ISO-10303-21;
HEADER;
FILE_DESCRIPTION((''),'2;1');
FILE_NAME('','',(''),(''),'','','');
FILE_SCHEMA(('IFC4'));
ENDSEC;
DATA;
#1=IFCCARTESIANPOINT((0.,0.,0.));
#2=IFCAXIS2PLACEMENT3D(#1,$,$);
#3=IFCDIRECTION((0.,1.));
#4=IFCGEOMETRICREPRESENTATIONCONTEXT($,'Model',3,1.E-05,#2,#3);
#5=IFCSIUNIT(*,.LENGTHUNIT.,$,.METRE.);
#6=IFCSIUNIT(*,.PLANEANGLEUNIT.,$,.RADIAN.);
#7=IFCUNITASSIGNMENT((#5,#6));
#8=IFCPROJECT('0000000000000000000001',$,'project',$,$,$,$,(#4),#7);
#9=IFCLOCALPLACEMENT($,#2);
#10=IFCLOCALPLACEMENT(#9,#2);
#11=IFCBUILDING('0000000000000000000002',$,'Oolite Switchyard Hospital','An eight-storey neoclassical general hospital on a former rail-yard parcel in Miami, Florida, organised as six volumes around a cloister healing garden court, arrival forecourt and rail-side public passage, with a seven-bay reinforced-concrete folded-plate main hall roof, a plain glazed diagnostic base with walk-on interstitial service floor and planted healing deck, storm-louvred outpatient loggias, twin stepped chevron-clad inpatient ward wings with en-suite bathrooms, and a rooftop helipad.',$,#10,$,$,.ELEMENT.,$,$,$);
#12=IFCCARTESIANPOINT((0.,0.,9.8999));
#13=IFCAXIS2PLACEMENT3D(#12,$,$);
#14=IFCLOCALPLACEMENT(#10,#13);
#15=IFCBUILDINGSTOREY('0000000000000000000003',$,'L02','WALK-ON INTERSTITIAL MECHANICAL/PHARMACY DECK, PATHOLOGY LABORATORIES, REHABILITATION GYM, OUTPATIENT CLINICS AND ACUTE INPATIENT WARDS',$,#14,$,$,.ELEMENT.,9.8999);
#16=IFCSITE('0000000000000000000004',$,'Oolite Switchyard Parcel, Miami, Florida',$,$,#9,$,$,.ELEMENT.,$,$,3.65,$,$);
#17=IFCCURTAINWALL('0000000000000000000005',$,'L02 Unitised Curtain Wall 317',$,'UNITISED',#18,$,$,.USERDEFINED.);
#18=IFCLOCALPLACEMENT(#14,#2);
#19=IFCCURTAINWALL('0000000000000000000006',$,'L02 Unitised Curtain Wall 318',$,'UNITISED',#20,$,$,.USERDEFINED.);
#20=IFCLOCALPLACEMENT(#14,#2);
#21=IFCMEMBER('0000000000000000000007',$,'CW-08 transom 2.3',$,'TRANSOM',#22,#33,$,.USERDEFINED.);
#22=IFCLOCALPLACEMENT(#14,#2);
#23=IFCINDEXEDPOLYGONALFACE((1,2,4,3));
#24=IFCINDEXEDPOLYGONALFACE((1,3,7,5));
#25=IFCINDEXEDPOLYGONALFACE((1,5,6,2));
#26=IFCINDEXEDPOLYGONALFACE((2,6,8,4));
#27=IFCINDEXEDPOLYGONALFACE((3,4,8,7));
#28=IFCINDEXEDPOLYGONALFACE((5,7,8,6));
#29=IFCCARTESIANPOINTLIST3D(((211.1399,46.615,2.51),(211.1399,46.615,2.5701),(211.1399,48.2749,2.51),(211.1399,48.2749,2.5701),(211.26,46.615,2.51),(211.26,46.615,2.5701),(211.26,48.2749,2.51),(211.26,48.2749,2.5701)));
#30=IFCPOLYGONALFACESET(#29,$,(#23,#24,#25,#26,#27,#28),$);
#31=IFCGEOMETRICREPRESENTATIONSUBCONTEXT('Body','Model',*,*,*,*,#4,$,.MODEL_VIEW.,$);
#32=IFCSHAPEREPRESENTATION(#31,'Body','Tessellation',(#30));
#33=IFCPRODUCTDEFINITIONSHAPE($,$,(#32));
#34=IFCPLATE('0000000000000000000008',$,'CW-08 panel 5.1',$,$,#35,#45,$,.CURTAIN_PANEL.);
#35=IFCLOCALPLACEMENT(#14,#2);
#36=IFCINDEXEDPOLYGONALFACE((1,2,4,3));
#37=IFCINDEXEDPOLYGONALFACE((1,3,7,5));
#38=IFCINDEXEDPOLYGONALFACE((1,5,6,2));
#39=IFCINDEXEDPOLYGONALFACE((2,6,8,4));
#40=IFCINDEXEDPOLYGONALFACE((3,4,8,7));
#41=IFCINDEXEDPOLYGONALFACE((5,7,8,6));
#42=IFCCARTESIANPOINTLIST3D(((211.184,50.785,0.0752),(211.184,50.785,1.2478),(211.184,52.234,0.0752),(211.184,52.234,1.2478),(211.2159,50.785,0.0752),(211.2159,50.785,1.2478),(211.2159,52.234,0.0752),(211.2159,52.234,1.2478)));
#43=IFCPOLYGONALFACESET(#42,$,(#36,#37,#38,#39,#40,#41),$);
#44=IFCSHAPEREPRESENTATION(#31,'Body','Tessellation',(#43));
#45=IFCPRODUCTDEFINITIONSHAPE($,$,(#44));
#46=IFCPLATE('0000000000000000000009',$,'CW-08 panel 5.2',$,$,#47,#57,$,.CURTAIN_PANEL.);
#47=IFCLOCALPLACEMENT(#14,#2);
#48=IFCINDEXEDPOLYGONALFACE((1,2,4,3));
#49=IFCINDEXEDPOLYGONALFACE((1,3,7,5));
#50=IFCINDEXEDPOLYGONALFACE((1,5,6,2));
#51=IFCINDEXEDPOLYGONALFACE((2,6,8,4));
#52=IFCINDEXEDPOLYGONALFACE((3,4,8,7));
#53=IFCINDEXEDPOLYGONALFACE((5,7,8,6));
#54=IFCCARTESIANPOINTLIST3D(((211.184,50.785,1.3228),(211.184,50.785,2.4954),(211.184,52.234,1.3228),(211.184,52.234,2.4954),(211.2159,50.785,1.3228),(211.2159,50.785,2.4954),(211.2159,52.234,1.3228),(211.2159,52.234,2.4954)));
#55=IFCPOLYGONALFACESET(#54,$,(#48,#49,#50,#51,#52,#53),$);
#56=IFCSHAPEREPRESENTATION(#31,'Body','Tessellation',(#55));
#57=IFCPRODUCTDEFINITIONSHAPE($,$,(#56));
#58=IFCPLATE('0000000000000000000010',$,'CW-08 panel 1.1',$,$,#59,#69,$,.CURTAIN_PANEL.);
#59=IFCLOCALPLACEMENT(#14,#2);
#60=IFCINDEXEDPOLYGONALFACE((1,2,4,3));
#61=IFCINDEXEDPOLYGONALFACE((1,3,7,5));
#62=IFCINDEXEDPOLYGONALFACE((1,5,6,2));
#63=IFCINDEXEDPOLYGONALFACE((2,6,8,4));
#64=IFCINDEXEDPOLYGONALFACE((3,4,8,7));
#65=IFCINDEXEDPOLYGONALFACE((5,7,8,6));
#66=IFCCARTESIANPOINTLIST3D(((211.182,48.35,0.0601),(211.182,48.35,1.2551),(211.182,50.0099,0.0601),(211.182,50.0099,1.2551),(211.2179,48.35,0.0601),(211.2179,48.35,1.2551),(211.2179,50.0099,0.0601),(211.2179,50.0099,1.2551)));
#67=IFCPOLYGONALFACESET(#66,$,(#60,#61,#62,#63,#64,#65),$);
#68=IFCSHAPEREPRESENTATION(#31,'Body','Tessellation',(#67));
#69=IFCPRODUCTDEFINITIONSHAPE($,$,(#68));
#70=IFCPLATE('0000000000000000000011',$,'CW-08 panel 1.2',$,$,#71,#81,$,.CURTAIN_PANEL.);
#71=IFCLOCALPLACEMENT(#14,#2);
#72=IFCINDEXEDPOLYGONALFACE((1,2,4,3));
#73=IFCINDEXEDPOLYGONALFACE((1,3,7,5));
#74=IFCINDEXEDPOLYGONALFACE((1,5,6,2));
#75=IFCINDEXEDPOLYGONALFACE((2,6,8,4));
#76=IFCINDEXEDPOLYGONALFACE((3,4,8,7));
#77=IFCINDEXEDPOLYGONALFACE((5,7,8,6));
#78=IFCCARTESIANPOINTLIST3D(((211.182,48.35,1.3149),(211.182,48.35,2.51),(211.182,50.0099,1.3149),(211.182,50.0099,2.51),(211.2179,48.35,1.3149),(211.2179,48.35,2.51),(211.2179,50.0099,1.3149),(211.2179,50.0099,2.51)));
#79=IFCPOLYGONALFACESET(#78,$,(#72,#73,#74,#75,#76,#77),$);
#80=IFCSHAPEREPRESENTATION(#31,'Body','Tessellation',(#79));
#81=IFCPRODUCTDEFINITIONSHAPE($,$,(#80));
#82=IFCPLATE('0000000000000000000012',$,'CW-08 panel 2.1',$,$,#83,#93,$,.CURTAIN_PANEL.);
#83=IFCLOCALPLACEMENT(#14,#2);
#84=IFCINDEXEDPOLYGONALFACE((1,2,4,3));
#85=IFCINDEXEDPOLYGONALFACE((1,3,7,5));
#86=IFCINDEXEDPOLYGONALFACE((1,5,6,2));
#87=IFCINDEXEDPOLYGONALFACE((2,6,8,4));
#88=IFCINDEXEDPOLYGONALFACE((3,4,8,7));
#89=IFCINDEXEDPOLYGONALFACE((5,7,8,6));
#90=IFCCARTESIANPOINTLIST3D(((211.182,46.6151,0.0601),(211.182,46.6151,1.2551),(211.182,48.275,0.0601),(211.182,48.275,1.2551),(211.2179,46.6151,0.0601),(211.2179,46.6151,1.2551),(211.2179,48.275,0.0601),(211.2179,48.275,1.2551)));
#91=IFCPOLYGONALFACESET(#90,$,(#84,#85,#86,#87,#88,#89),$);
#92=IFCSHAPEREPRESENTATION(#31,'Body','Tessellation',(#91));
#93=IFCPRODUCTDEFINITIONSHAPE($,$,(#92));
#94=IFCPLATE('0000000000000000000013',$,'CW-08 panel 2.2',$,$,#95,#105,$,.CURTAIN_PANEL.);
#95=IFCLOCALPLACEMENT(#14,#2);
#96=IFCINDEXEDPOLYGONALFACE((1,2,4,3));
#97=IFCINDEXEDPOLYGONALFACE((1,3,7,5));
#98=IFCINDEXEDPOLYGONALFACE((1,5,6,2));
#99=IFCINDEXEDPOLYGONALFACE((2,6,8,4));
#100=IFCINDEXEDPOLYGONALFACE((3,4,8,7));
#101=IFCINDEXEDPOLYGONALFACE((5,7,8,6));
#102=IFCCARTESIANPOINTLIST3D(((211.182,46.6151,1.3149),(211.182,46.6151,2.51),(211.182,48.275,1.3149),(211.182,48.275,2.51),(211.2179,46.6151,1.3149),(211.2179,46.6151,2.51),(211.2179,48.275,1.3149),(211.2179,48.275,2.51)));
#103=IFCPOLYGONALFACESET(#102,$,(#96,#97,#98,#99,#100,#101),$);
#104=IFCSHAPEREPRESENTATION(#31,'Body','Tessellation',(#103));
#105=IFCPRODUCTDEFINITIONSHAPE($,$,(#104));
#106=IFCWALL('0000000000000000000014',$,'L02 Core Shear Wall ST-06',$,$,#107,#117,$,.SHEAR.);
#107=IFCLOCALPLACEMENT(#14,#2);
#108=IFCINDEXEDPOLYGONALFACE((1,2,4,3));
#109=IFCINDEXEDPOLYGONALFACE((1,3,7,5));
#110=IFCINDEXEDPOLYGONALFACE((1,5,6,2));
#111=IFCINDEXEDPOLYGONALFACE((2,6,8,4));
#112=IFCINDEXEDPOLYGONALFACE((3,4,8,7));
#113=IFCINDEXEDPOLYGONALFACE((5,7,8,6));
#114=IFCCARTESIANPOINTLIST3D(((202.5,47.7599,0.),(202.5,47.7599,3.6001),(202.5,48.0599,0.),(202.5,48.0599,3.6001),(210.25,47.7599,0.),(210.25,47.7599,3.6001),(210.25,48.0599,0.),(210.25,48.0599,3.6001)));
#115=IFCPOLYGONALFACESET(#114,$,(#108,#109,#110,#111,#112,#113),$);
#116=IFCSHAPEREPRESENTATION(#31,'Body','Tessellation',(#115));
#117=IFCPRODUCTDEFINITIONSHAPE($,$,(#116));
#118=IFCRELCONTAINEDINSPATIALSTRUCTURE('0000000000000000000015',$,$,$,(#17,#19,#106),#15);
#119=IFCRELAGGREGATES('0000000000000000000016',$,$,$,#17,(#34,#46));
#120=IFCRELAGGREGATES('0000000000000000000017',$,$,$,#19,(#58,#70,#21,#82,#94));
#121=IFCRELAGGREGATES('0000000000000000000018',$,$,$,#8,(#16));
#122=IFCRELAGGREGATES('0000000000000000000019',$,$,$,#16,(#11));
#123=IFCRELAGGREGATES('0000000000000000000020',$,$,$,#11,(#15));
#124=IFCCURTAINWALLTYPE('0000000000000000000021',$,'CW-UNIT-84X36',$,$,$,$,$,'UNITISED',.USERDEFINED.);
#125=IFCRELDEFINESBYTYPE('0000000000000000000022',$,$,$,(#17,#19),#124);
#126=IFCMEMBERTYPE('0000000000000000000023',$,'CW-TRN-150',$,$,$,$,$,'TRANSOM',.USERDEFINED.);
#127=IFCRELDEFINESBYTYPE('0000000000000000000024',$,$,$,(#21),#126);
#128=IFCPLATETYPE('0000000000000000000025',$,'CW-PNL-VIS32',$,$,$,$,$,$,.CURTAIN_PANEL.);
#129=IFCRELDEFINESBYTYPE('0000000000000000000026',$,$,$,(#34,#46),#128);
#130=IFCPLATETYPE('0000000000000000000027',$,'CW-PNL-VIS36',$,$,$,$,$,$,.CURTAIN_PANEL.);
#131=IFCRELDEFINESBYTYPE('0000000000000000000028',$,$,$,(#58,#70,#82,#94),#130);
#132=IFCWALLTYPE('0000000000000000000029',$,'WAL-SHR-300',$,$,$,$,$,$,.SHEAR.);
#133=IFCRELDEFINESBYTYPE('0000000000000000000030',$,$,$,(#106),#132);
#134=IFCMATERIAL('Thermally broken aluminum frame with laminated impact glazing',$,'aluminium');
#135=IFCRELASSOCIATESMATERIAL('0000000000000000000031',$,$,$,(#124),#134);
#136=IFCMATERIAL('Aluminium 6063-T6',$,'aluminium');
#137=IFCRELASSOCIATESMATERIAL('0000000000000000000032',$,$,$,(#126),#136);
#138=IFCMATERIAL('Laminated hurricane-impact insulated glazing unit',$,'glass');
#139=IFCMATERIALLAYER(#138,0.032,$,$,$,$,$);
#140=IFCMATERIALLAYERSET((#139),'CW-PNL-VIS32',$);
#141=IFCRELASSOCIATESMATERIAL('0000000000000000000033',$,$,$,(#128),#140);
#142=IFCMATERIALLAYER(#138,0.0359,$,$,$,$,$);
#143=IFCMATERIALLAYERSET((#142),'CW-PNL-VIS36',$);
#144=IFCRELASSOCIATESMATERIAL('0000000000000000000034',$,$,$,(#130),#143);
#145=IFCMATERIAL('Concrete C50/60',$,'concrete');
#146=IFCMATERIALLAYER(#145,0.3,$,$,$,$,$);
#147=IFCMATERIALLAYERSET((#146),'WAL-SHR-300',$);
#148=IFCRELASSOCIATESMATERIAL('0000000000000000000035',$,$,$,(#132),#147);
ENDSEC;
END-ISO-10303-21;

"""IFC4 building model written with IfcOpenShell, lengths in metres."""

from ifc_helpers import new_model, si_unit, direction, frame, frame_2d, origin, origin_2d, place, context, subcontext, project, spatial, rectangle, extrude, material, layer, layer_set, material_profile, profile_set, type_object, element, aggregate, save


model = new_model("IFC4")

# Units and contexts
model_context = context("Model", 3, precision=1e-05, world=origin(), true_north=direction((0.0, 1.0)))
body_context = subcontext(model_context, "Body", "Model", "MODEL_VIEW")
ifc_project = project(units=[si_unit("LENGTHUNIT", "METRE"), si_unit("PLANEANGLEUNIT", "RADIAN")], contexts=[model_context])

# Site, building, storey
site_placement = place(None, origin())
site = spatial("IfcSite", under=ifc_project, at=site_placement, Name="Oolite Switchyard Parcel, Miami, Florida", CompositionType="ELEMENT", RefElevation=3.65)
building_placement = place(site_placement, origin())
building = spatial("IfcBuilding", under=site, at=building_placement, Name="Oolite Switchyard Hospital", Description="An eight-storey neoclassical general hospital on a former rail-yard parcel in Miami, Florida, organised as six volumes around a cloister healing garden court, arrival forecourt and rail-side public passage, with a seven-bay reinforced-concrete folded-plate main hall roof, a plain glazed diagnostic base with walk-on interstitial service floor and planted healing deck, storm-louvred outpatient loggias, twin stepped chevron-clad inpatient ward wings with en-suite bathrooms, and a rooftop helipad.", CompositionType="ELEMENT")
storey_placement = place(building_placement, frame((0.0, 0.0, 9.8999)))
storey = spatial("IfcBuildingStorey", under=building, at=storey_placement, Name="L02", Description="WALK-ON INTERSTITIAL MECHANICAL/PHARMACY DECK, PATHOLOGY LABORATORIES, REHABILITATION GYM, OUTPATIENT CLINICS AND ACUTE INPATIENT WARDS", CompositionType="ELEMENT", Elevation=9.8999)

# Shared definitions
ifc_material_1 = material(Name="Concrete C50/60", Category="concrete")

# Curtain wall
ifc_material_2 = material(Name="Thermally broken aluminum frame with laminated impact glazing", Category="aluminium")
curtain_wall_type = type_object("IfcCurtainWallType", Name="CW-UNIT-84X36", ElementType="UNITISED", PredefinedType="USERDEFINED", material=ifc_material_2)
curtain_wall_1_placement = place(storey_placement, origin())
curtain_wall_1 = element("IfcCurtainWall", 1, at=curtain_wall_1_placement, inside=storey, type_object=curtain_wall_type, Name="L02 Unitised Curtain Wall 317", ObjectType="UNITISED", PredefinedType="USERDEFINED")
ifc_material_3 = material(Name="Aluminium 6063-T6", Category="aluminium")

# Curtain wall, member
curtain_wall_2_placement = place(storey_placement, origin())
curtain_wall_2 = element("IfcCurtainWall", 2, at=curtain_wall_2_placement, inside=storey, type_object=curtain_wall_type, Name="L02 Unitised Curtain Wall 318", ObjectType="UNITISED", PredefinedType="USERDEFINED")
ifc_material_profile_1 = material_profile(ifc_material_3, rectangle(XDim=0.1201, YDim=0.0601, at=origin_2d()), Name="CWT60X120")
ifc_profile_set_1 = profile_set([ifc_material_profile_1], Name="Aluminium 6063-T6")
member_type_1 = type_object("IfcMemberType", Name="CW-TRN-150", ElementType="TRANSOM", PredefinedType="USERDEFINED", material=ifc_profile_set_1)
member_1_placement = place(storey_placement, frame((211.2, 48.2749, 2.54), z_axis=(0.0, -1.0, 0.0), x_axis=(1.0, 0.0, 0.0)))
member_1 = element("IfcMember", 3, at=member_1_placement, type_object=member_type_1, Name="CW-08 transom 2.3", ObjectType="TRANSOM", PredefinedType="USERDEFINED", context=body_context, shape_type="SweptSolid", body=[
    extrude(rectangle(XDim=0.1201, YDim=0.0601, at=origin_2d()), origin(), (0.0, 0.0, 1.0), 1.6599),
])

# Plates
ifc_material_4 = material(Name="Laminated hurricane-impact insulated glazing unit", Category="glass")
ifc_layer_1 = layer(ifc_material_4, 0.032)
ifc_layer_set_1 = layer_set([ifc_layer_1], Name="CW-PNL-VIS32")
plate_type_1 = type_object("IfcPlateType", Name="CW-PNL-VIS32", PredefinedType="CURTAIN_PANEL", material=ifc_layer_set_1)
plate_1_placement = place(storey_placement, frame((211.2, 51.5095, 0.0752), z_axis=(0.0, 0.0, 1.0), x_axis=(0.0, -1.0, 0.0)))
plate_1 = element("IfcPlate", 4, at=plate_1_placement, type_object=plate_type_1, Name="CW-08 panel 5.1", PredefinedType="CURTAIN_PANEL", context=body_context, shape_type="SweptSolid", body=[
    extrude(rectangle(XDim=1.449, YDim=0.032, at=origin_2d()), origin(), (0.0, 0.0, 1.0), 1.1726),
])
plate_2_placement = place(storey_placement, frame((211.2, 51.5095, 1.3228), z_axis=(0.0, 0.0, 1.0), x_axis=(0.0, -1.0, 0.0)))
plate_2 = element("IfcPlate", 5, at=plate_2_placement, type_object=plate_type_1, Name="CW-08 panel 5.2", PredefinedType="CURTAIN_PANEL", context=body_context, shape_type="SweptSolid", body=[
    extrude(rectangle(XDim=1.449, YDim=0.032, at=origin_2d()), origin(), (0.0, 0.0, 1.0), 1.1726),
])
aggregate(curtain_wall_1, [plate_1, plate_2])
ifc_layer_2 = layer(ifc_material_4, 0.0359)
ifc_layer_set_2 = layer_set([ifc_layer_2], Name="CW-PNL-VIS36")
plate_type_2 = type_object("IfcPlateType", Name="CW-PNL-VIS36", PredefinedType="CURTAIN_PANEL", material=ifc_layer_set_2)
plate_3_placement = place(storey_placement, frame((211.2, 49.1799, 0.0601), z_axis=(0.0, 0.0, 1.0), x_axis=(0.0, -1.0, 0.0)))
plate_3 = element("IfcPlate", 6, at=plate_3_placement, type_object=plate_type_2, Name="CW-08 panel 1.1", PredefinedType="CURTAIN_PANEL", context=body_context, shape_type="SweptSolid", body=[
    extrude(rectangle(XDim=1.6599, YDim=0.0359, at=origin_2d()), origin(), (0.0, 0.0, 1.0), 1.1951),
])
plate_4_placement = place(storey_placement, frame((211.2, 49.1799, 1.3149), z_axis=(0.0, 0.0, 1.0), x_axis=(0.0, -1.0, 0.0)))
plate_4 = element("IfcPlate", 7, at=plate_4_placement, type_object=plate_type_2, Name="CW-08 panel 1.2", PredefinedType="CURTAIN_PANEL", context=body_context, shape_type="SweptSolid", body=[
    extrude(rectangle(XDim=1.6599, YDim=0.0359, at=origin_2d()), origin(), (0.0, 0.0, 1.0), 1.1951),
])
plate_5_placement = place(storey_placement, frame((211.2, 47.4451, 0.0601), z_axis=(0.0, 0.0, 1.0), x_axis=(0.0, -1.0, 0.0)))
plate_5 = element("IfcPlate", 8, at=plate_5_placement, type_object=plate_type_2, Name="CW-08 panel 2.1", PredefinedType="CURTAIN_PANEL", context=body_context, shape_type="SweptSolid", body=[
    extrude(rectangle(XDim=1.6599, YDim=0.0359, at=origin_2d()), origin(), (0.0, 0.0, 1.0), 1.1951),
])
plate_6_placement = place(storey_placement, frame((211.2, 47.4451, 1.3149), z_axis=(0.0, 0.0, 1.0), x_axis=(0.0, -1.0, 0.0)))
plate_6 = element("IfcPlate", 9, at=plate_6_placement, type_object=plate_type_2, Name="CW-08 panel 2.2", PredefinedType="CURTAIN_PANEL", context=body_context, shape_type="SweptSolid", body=[
    extrude(rectangle(XDim=1.6599, YDim=0.0359, at=origin_2d()), origin(), (0.0, 0.0, 1.0), 1.1951),
])
aggregate(curtain_wall_2, [plate_3, plate_4, member_1, plate_5, plate_6])

# Wall
ifc_layer_3 = layer(ifc_material_1, 0.3)
ifc_layer_set_3 = layer_set([ifc_layer_3], Name="WAL-SHR-300")
wall_type = type_object("IfcWallType", Name="WAL-SHR-300", PredefinedType="SHEAR", material=ifc_layer_set_3)
wall_placement = place(storey_placement, frame((210.25, 47.9099, 0.0), z_axis=(0.0, 0.0, 1.0), x_axis=(-1.0, 0.0, 0.0)))
element("IfcWall", 10, at=wall_placement, inside=storey, type_object=wall_type, Name="L02 Core Shear Wall ST-06", PredefinedType="SHEAR", context=body_context, shape_type="SweptSolid", body=[
    extrude(rectangle(XDim=7.75, YDim=0.3, at=frame_2d((3.875, 0.0))), origin(), (0.0, 0.0, 1.0), 3.6001),
])

save(model, "model.ifc")
